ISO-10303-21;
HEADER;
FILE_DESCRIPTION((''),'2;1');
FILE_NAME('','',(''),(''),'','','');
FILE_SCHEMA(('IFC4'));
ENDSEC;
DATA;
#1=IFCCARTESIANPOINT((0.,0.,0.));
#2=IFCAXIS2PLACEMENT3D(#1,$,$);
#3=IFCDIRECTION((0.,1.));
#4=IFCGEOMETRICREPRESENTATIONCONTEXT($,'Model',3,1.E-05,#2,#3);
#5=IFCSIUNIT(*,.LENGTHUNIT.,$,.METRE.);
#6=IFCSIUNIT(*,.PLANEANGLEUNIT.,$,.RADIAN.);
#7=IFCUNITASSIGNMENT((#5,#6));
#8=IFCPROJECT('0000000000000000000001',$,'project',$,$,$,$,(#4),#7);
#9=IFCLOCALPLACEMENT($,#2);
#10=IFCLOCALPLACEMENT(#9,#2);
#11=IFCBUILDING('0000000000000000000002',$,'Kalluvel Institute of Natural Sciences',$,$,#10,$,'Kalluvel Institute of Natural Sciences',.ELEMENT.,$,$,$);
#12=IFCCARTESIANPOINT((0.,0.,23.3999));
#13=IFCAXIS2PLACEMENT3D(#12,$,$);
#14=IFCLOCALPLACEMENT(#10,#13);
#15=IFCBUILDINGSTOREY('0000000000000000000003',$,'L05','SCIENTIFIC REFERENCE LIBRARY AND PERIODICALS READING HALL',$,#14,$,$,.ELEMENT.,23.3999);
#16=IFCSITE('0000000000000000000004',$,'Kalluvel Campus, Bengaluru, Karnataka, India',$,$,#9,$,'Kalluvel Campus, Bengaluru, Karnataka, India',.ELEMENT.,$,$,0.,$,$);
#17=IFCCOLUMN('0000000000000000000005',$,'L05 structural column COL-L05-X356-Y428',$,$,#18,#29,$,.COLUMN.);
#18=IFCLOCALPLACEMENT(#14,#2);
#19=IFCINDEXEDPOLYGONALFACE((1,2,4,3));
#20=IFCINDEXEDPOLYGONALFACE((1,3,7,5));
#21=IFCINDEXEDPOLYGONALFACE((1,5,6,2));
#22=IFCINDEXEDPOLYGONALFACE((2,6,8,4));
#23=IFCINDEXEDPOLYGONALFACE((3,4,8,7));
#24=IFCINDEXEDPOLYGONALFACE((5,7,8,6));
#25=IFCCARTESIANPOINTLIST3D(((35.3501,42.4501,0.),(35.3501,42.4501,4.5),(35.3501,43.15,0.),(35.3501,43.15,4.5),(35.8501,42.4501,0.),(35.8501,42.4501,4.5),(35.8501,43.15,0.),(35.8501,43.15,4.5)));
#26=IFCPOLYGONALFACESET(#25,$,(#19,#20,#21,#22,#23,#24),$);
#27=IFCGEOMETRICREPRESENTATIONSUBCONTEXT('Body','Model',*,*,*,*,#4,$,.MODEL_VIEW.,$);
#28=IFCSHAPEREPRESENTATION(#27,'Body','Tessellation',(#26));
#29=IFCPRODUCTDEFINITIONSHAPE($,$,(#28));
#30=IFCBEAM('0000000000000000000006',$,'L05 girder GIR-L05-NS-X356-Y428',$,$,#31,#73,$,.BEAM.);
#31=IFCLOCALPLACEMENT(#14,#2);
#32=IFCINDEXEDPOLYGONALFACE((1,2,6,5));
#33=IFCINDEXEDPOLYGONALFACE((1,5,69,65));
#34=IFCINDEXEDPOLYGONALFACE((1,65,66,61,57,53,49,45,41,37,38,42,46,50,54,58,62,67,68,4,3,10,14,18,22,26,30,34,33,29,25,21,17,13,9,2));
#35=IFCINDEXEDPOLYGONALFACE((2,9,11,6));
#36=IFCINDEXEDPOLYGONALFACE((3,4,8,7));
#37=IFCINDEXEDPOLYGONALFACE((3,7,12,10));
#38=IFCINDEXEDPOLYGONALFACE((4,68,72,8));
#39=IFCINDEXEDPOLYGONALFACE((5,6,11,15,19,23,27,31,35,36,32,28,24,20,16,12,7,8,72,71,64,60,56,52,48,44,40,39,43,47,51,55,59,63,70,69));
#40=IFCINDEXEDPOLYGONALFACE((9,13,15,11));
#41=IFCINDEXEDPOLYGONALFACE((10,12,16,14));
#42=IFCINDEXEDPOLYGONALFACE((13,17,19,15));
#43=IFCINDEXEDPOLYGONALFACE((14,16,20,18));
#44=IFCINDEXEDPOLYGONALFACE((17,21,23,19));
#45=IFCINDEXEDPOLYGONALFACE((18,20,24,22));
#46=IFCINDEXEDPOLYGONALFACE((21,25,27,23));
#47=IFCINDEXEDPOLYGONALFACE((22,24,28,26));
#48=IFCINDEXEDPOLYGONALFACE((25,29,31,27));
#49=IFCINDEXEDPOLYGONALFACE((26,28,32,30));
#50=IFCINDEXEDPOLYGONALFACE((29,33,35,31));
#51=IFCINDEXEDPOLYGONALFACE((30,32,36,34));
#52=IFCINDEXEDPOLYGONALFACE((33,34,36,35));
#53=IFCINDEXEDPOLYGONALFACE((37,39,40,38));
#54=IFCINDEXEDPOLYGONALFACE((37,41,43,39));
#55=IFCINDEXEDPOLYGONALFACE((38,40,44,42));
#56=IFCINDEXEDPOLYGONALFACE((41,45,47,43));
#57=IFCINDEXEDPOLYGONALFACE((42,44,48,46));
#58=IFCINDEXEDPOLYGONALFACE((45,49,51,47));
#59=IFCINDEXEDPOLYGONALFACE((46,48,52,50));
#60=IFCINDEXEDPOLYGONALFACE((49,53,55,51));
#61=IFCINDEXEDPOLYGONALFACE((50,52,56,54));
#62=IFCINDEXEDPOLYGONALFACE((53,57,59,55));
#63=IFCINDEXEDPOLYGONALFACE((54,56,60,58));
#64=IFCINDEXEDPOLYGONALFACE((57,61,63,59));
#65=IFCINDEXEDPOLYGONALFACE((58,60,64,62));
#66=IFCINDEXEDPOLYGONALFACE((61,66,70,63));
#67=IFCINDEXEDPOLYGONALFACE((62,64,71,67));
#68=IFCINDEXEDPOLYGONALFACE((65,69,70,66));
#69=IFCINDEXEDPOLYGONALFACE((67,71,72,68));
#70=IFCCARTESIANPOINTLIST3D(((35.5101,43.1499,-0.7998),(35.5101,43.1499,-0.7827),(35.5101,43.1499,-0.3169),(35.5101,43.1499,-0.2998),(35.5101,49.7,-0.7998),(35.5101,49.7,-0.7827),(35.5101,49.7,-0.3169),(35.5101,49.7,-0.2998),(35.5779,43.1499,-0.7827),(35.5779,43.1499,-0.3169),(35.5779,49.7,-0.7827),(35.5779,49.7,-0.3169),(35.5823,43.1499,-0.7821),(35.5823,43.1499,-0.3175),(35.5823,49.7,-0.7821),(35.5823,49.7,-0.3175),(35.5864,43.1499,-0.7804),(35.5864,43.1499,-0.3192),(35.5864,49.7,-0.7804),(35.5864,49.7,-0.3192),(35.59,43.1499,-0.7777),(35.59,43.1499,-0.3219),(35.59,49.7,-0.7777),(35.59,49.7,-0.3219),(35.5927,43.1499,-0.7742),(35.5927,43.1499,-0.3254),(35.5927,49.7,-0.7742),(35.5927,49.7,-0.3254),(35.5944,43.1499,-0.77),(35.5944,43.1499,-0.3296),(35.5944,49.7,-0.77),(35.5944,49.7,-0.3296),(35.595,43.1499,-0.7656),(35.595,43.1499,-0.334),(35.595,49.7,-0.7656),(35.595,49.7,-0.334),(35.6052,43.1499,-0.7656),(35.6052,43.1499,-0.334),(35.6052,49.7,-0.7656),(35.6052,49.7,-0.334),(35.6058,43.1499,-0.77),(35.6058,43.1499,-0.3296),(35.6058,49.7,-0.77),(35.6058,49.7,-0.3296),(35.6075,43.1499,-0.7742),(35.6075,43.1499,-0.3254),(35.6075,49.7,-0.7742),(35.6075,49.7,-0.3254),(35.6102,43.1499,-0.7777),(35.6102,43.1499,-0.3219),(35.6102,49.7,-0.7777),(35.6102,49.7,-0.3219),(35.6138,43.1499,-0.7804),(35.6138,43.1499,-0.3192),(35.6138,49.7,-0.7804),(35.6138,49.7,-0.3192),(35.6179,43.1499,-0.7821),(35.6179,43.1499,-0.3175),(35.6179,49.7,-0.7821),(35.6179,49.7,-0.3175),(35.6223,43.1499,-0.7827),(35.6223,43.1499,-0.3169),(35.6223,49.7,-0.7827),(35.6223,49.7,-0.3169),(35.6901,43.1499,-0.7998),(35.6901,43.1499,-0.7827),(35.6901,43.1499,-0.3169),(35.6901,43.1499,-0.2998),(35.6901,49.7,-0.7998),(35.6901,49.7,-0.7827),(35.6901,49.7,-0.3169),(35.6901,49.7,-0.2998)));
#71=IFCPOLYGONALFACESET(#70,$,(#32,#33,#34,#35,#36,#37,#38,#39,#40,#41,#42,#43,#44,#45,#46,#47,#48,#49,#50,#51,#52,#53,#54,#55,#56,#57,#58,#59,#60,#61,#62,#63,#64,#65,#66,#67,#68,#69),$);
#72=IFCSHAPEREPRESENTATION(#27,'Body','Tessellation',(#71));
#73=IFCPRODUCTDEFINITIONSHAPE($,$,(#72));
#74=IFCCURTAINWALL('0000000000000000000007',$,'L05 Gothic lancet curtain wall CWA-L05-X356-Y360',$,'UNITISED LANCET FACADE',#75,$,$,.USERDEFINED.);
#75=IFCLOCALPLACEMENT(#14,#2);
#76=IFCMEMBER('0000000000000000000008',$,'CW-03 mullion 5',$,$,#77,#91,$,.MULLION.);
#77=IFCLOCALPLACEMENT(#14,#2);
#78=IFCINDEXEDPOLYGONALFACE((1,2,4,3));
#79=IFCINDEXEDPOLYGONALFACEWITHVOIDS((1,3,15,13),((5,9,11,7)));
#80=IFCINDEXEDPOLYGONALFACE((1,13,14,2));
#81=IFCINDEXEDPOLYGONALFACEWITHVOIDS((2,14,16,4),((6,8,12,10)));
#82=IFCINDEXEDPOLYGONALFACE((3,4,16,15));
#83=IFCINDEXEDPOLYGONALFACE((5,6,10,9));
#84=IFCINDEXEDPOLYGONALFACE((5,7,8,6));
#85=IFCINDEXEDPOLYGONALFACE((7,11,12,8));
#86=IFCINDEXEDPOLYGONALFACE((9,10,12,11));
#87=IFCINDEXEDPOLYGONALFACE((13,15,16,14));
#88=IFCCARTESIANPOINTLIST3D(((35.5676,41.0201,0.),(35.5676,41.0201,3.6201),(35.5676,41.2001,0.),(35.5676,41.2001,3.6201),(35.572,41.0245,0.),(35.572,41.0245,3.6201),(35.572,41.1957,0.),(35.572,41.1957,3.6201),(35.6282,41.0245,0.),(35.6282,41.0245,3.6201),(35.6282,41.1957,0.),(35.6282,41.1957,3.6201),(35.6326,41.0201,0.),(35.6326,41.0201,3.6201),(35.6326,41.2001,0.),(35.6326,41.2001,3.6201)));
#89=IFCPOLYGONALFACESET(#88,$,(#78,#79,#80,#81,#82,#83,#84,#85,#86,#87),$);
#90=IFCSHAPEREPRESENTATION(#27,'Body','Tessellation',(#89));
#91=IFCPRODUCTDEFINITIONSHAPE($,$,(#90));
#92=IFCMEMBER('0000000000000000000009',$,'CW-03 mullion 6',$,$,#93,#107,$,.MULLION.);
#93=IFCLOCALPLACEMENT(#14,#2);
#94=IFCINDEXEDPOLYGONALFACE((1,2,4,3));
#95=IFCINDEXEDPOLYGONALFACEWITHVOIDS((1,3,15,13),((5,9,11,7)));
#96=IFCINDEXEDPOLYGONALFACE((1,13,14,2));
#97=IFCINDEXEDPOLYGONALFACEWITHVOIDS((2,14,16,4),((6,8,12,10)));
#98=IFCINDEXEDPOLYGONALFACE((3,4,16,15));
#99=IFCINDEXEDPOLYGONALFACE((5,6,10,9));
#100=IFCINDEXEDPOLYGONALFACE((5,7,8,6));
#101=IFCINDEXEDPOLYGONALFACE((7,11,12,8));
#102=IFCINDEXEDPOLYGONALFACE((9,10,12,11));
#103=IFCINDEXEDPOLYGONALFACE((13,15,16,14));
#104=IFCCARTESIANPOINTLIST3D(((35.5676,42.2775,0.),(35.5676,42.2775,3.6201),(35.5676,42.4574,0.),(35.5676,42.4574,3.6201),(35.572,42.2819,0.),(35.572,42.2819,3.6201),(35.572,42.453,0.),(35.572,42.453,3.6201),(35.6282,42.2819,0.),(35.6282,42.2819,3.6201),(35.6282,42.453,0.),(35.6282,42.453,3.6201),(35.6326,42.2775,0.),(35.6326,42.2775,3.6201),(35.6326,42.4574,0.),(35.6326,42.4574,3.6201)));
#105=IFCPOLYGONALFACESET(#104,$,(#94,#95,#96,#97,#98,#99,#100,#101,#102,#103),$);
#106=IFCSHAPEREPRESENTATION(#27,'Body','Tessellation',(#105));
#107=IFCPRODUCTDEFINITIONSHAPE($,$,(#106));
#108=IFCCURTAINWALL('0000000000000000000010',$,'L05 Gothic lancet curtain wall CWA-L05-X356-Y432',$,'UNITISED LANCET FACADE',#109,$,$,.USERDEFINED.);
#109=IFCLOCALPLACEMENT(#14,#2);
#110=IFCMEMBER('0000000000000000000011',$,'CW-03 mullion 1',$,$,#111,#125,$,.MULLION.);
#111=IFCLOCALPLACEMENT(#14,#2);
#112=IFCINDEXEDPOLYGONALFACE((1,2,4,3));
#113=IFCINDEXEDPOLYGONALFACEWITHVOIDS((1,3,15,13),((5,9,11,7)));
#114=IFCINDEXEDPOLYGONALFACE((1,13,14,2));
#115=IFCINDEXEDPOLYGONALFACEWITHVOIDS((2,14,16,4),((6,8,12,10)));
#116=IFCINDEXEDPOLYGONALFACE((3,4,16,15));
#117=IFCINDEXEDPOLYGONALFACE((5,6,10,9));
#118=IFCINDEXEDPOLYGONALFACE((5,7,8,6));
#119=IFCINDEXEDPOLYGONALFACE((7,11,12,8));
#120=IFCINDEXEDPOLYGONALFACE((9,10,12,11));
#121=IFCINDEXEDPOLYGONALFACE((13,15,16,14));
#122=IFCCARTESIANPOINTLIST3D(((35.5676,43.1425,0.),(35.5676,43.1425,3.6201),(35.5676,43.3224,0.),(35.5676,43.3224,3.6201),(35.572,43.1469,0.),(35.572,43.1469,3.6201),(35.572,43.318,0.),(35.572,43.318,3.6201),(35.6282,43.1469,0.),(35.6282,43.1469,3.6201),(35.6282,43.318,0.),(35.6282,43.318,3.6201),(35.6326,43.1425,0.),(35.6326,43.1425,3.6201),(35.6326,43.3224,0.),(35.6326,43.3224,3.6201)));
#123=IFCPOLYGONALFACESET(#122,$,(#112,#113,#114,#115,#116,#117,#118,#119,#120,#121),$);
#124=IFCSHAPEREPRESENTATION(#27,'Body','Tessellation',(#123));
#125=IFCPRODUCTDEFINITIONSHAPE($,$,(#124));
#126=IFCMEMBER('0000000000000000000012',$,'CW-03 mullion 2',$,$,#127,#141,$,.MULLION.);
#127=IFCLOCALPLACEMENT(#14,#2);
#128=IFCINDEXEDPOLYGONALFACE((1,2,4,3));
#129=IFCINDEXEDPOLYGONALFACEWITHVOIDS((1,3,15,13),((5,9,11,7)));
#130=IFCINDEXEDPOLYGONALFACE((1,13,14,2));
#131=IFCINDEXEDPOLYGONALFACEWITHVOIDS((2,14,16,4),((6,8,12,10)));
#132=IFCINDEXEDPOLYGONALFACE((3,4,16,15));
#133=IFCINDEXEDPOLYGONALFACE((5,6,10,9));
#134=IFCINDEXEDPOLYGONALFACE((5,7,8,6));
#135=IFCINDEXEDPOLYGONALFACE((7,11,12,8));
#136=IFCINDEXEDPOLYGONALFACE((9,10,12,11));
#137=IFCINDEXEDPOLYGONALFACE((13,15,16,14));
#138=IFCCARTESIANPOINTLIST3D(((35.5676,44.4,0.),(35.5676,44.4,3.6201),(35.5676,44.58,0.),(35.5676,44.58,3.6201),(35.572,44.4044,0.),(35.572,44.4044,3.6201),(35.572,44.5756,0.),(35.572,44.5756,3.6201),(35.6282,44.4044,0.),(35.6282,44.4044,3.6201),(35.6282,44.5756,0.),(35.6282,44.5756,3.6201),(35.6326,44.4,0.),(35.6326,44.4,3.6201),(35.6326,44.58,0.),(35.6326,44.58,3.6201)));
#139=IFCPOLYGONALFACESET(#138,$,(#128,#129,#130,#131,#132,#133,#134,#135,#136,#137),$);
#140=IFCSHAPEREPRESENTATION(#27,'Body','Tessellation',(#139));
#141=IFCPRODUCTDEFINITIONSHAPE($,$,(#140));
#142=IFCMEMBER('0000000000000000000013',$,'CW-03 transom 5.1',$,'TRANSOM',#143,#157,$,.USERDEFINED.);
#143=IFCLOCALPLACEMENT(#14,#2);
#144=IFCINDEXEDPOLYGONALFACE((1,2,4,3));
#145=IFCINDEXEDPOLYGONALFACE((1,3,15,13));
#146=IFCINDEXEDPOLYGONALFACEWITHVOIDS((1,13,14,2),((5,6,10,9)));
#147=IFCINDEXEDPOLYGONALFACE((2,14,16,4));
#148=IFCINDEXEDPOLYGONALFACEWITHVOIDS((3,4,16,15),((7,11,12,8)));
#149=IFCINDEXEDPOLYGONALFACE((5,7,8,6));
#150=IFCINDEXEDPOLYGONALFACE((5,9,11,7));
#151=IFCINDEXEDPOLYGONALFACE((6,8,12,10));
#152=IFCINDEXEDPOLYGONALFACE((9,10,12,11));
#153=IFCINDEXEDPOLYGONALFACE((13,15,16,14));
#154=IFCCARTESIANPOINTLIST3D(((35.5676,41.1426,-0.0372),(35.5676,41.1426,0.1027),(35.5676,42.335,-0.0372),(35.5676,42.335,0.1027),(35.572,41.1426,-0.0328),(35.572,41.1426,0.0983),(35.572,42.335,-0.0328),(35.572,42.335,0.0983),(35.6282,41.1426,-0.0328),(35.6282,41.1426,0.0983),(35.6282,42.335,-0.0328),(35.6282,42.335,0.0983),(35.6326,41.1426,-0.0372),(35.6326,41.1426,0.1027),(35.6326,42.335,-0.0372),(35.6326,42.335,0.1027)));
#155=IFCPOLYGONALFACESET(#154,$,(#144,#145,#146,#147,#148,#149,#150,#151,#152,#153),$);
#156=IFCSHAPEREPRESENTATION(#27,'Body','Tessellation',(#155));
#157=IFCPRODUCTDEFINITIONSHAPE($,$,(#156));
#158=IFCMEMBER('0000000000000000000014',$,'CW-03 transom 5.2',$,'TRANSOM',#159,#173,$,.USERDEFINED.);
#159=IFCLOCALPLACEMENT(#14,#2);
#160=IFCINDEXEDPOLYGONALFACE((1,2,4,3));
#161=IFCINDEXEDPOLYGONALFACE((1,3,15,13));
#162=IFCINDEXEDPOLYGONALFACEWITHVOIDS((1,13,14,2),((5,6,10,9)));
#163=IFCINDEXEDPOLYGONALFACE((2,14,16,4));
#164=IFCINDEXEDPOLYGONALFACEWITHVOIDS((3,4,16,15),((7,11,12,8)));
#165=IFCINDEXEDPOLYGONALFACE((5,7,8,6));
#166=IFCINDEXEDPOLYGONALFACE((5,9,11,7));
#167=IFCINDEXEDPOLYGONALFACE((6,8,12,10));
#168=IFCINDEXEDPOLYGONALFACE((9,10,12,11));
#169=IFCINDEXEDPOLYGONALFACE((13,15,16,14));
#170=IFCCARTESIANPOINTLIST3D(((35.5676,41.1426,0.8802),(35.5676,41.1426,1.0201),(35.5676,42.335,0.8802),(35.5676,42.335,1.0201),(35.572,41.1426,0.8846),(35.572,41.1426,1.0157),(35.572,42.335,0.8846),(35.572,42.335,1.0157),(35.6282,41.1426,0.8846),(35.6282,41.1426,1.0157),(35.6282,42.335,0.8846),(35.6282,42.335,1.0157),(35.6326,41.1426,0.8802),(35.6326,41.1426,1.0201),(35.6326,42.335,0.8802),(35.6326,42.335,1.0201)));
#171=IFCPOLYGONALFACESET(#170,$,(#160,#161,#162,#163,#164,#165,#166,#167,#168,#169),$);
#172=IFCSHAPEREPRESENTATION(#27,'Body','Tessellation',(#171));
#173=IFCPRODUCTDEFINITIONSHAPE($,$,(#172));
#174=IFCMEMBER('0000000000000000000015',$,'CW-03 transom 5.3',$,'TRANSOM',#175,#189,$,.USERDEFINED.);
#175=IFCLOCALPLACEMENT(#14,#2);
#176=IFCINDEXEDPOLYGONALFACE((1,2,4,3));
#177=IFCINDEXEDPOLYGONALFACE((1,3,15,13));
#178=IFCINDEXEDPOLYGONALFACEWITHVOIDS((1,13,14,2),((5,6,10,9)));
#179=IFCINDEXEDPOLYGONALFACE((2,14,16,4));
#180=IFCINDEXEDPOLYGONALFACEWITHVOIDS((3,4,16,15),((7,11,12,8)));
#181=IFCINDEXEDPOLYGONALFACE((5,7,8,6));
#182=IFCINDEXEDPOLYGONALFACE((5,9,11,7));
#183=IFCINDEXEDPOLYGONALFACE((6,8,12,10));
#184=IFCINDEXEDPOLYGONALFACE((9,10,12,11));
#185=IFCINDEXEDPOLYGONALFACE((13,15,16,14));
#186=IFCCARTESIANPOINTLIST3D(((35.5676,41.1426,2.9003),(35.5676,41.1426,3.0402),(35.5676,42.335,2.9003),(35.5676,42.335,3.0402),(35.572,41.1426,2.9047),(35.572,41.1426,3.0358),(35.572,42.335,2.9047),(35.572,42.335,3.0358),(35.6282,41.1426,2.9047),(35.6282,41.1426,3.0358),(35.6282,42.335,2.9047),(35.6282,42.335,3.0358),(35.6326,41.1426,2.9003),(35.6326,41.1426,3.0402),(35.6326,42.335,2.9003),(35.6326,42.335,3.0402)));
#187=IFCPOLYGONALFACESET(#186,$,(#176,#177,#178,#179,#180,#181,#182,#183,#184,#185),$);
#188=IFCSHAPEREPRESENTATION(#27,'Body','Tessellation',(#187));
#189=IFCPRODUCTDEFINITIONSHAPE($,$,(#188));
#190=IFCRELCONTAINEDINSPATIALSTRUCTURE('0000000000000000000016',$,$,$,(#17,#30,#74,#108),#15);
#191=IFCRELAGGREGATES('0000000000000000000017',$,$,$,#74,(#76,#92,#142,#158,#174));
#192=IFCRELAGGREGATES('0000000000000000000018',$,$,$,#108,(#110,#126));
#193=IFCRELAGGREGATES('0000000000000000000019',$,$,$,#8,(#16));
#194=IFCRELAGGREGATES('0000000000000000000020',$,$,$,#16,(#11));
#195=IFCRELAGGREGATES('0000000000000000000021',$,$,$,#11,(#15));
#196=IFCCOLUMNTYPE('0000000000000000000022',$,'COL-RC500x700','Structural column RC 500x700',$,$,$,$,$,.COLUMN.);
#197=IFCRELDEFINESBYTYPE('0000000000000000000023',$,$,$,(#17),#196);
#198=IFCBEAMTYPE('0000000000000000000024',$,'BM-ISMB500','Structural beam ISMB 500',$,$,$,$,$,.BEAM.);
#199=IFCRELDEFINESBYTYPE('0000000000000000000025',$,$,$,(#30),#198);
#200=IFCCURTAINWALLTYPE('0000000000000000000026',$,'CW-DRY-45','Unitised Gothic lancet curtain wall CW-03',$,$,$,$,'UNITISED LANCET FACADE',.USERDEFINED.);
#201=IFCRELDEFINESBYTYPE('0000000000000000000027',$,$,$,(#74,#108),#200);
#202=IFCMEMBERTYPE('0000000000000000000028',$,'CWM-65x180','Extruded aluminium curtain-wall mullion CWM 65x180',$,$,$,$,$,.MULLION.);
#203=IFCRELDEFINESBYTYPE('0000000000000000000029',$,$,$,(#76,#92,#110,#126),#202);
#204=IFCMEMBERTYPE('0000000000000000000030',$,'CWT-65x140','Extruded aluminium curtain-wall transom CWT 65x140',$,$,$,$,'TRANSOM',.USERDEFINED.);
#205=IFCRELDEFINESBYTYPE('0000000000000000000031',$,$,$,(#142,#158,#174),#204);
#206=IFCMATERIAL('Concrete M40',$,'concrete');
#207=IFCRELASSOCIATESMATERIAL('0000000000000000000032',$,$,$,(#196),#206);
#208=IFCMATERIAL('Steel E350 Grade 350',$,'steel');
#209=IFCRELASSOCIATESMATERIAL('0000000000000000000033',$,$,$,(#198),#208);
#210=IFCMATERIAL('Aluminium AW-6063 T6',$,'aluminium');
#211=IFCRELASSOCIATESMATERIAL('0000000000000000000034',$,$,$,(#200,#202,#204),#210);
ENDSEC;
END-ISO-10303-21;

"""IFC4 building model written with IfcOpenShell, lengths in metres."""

from ifc_helpers import new_model, si_unit, direction, frame, origin, origin_2d, place, context, subcontext, project, spatial, rectangle, hollow_rectangle, i_section, extrude, material, material_profile, profile_set, type_object, element, aggregate, save


model = new_model("IFC4")

# Units and contexts
model_context = context("Model", 3, precision=1e-05, world=origin(), true_north=direction((0.0, 1.0)))
body_context = subcontext(model_context, "Body", "Model", "MODEL_VIEW")
ifc_project = project(units=[si_unit("LENGTHUNIT", "METRE"), si_unit("PLANEANGLEUNIT", "RADIAN")], contexts=[model_context])

# Site, building, storey
site_placement = place(None, origin())
site = spatial("IfcSite", under=ifc_project, at=site_placement, Name="Kalluvel Campus, Bengaluru, Karnataka, India", LongName="Kalluvel Campus, Bengaluru, Karnataka, India", CompositionType="ELEMENT", RefElevation=0.0)
building_placement = place(site_placement, origin())
building = spatial("IfcBuilding", under=site, at=building_placement, Name="Kalluvel Institute of Natural Sciences", LongName="Kalluvel Institute of Natural Sciences", CompositionType="ELEMENT")
storey_placement = place(building_placement, frame((0.0, 0.0, 23.3999)))
storey = spatial("IfcBuildingStorey", under=building, at=storey_placement, Name="L05", Description="SCIENTIFIC REFERENCE LIBRARY AND PERIODICALS READING HALL", CompositionType="ELEMENT", Elevation=23.3999)

# Column
ifc_material_1 = material(Name="Concrete M40", Category="concrete")
ifc_material_profile_1 = material_profile(ifc_material_1, rectangle(XDim=0.5, YDim=0.7, at=origin_2d()), Name="RC 500x700")
ifc_profile_set_1 = profile_set([ifc_material_profile_1], Name="Concrete M40")
column_type = type_object("IfcColumnType", Name="COL-RC500x700", Description="Structural column RC 500x700", PredefinedType="COLUMN", material=ifc_profile_set_1)
column_placement = place(storey_placement, frame((35.6001, 42.8, 0.0), z_axis=(0.0, 0.0, 1.0), x_axis=(1.0, 0.0, 0.0)))
element("IfcColumn", 1, at=column_placement, inside=storey, type_object=column_type, Name="L05 structural column COL-L05-X356-Y428", PredefinedType="COLUMN", context=body_context, shape_type="SweptSolid", body=[
    extrude(rectangle(XDim=0.5, YDim=0.7, at=origin_2d()), origin(), (0.0, 0.0, 1.0), 4.5),
])

# Beam
ifc_material_2 = material(Name="Steel E350 Grade 350", Category="steel")
ifc_material_profile_2 = material_profile(ifc_material_2, i_section(OverallWidth=0.1799, OverallDepth=0.5, WebThickness=0.0103, FlangeThickness=0.0171, FilletRadius=0.0171, at=origin_2d()), Name="ISMB 500")
ifc_profile_set_2 = profile_set([ifc_material_profile_2], Name="Steel E350 Grade 350")
beam_type = type_object("IfcBeamType", Name="BM-ISMB500", Description="Structural beam ISMB 500", PredefinedType="BEAM", material=ifc_profile_set_2)
beam_placement = place(storey_placement, frame((35.6001, 43.1499, -0.5498), z_axis=(0.0, 1.0, 0.0), x_axis=(-1.0, 0.0, 0.0)))
element("IfcBeam", 2, at=beam_placement, inside=storey, type_object=beam_type, Name="L05 girder GIR-L05-NS-X356-Y428", PredefinedType="BEAM", context=body_context, shape_type="SweptSolid", body=[
    extrude(i_section(OverallWidth=0.1799, OverallDepth=0.5, WebThickness=0.0103, FlangeThickness=0.0171, FilletRadius=0.0171, at=origin_2d()), origin(), (0.0, 0.0, 1.0), 6.55),
])

# Curtain walls, members
ifc_material_3 = material(Name="Aluminium AW-6063 T6", Category="aluminium")
curtain_wall_type = type_object("IfcCurtainWallType", Name="CW-DRY-45", Description="Unitised Gothic lancet curtain wall CW-03", ElementType="UNITISED LANCET FACADE", PredefinedType="USERDEFINED", material=ifc_material_3)
curtain_wall_1_placement = place(storey_placement, origin())
curtain_wall_1 = element("IfcCurtainWall", 3, at=curtain_wall_1_placement, inside=storey, type_object=curtain_wall_type, Name="L05 Gothic lancet curtain wall CWA-L05-X356-Y360", ObjectType="UNITISED LANCET FACADE", PredefinedType="USERDEFINED")
ifc_material_profile_3 = material_profile(ifc_material_3, hollow_rectangle(XDim=0.0649, YDim=0.1799, WallThickness=0.0044, at=origin_2d()), Name="CWM 65x180")
ifc_profile_set_3 = profile_set([ifc_material_profile_3], Name="Aluminium AW-6063 T6")
member_type_1 = type_object("IfcMemberType", Name="CWM-65x180", Description="Extruded aluminium curtain-wall mullion CWM 65x180", PredefinedType="MULLION", material=ifc_profile_set_3)
member_1_placement = place(storey_placement, frame((35.6001, 41.1101, 0.0), z_axis=(0.0, 0.0, 1.0), x_axis=(-1.0, 0.0, 0.0)))
member_1 = element("IfcMember", 4, at=member_1_placement, type_object=member_type_1, Name="CW-03 mullion 5", PredefinedType="MULLION", context=body_context, shape_type="SweptSolid", body=[
    extrude(hollow_rectangle(XDim=0.0649, YDim=0.1799, WallThickness=0.0044, at=origin_2d()), origin(), (0.0, 0.0, 1.0), 3.6201),
])
member_2_placement = place(storey_placement, frame((35.6001, 42.3674, 0.0), z_axis=(0.0, 0.0, 1.0), x_axis=(-1.0, 0.0, 0.0)))
member_2 = element("IfcMember", 5, at=member_2_placement, type_object=member_type_1, Name="CW-03 mullion 6", PredefinedType="MULLION", context=body_context, shape_type="SweptSolid", body=[
    extrude(hollow_rectangle(XDim=0.0649, YDim=0.1799, WallThickness=0.0044, at=origin_2d()), origin(), (0.0, 0.0, 1.0), 3.6201),
])
curtain_wall_2_placement = place(storey_placement, origin())
curtain_wall_2 = element("IfcCurtainWall", 6, at=curtain_wall_2_placement, inside=storey, type_object=curtain_wall_type, Name="L05 Gothic lancet curtain wall CWA-L05-X356-Y432", ObjectType="UNITISED LANCET FACADE", PredefinedType="USERDEFINED")
member_3_placement = place(storey_placement, frame((35.6001, 43.2324, 0.0), z_axis=(0.0, 0.0, 1.0), x_axis=(-1.0, 0.0, 0.0)))
member_3 = element("IfcMember", 7, at=member_3_placement, type_object=member_type_1, Name="CW-03 mullion 1", PredefinedType="MULLION", context=body_context, shape_type="SweptSolid", body=[
    extrude(hollow_rectangle(XDim=0.0649, YDim=0.1799, WallThickness=0.0044, at=origin_2d()), origin(), (0.0, 0.0, 1.0), 3.6201),
])
member_4_placement = place(storey_placement, frame((35.6001, 44.49, 0.0), z_axis=(0.0, 0.0, 1.0), x_axis=(-1.0, 0.0, 0.0)))
member_4 = element("IfcMember", 8, at=member_4_placement, type_object=member_type_1, Name="CW-03 mullion 2", PredefinedType="MULLION", context=body_context, shape_type="SweptSolid", body=[
    extrude(hollow_rectangle(XDim=0.0649, YDim=0.1799, WallThickness=0.0044, at=origin_2d()), origin(), (0.0, 0.0, 1.0), 3.6201),
])

# Members
ifc_material_profile_4 = material_profile(ifc_material_3, hollow_rectangle(XDim=0.0649, YDim=0.1399, WallThickness=0.0044, at=origin_2d()), Name="CWT 65x140")
ifc_profile_set_4 = profile_set([ifc_material_profile_4], Name="Aluminium AW-6063 T6")
member_type_2 = type_object("IfcMemberType", Name="CWT-65x140", Description="Extruded aluminium curtain-wall transom CWT 65x140", ElementType="TRANSOM", PredefinedType="USERDEFINED", material=ifc_profile_set_4)
member_5_placement = place(storey_placement, frame((35.6001, 41.1426, 0.0327), z_axis=(0.0, 1.0, 0.0), x_axis=(-1.0, 0.0, 0.0)))
member_5 = element("IfcMember", 9, at=member_5_placement, type_object=member_type_2, Name="CW-03 transom 5.1", ObjectType="TRANSOM", PredefinedType="USERDEFINED", context=body_context, shape_type="SweptSolid", body=[
    extrude(hollow_rectangle(XDim=0.0649, YDim=0.1399, WallThickness=0.0044, at=origin_2d()), origin(), (0.0, 0.0, 1.0), 1.1924),
])
member_6_placement = place(storey_placement, frame((35.6001, 41.1426, 0.9502), z_axis=(0.0, 1.0, 0.0), x_axis=(-1.0, 0.0, 0.0)))
member_6 = element("IfcMember", 10, at=member_6_placement, type_object=member_type_2, Name="CW-03 transom 5.2", ObjectType="TRANSOM", PredefinedType="USERDEFINED", context=body_context, shape_type="SweptSolid", body=[
    extrude(hollow_rectangle(XDim=0.0649, YDim=0.1399, WallThickness=0.0044, at=origin_2d()), origin(), (0.0, 0.0, 1.0), 1.1924),
])
member_7_placement = place(storey_placement, frame((35.6001, 41.1426, 2.9702), z_axis=(0.0, 1.0, 0.0), x_axis=(-1.0, 0.0, 0.0)))
member_7 = element("IfcMember", 11, at=member_7_placement, type_object=member_type_2, Name="CW-03 transom 5.3", ObjectType="TRANSOM", PredefinedType="USERDEFINED", context=body_context, shape_type="SweptSolid", body=[
    extrude(hollow_rectangle(XDim=0.0649, YDim=0.1399, WallThickness=0.0044, at=origin_2d()), origin(), (0.0, 0.0, 1.0), 1.1924),
])

aggregate(curtain_wall_1, [member_1, member_2, member_5, member_6, member_7])
aggregate(curtain_wall_2, [member_3, member_4])

save(model, "model.ifc")
